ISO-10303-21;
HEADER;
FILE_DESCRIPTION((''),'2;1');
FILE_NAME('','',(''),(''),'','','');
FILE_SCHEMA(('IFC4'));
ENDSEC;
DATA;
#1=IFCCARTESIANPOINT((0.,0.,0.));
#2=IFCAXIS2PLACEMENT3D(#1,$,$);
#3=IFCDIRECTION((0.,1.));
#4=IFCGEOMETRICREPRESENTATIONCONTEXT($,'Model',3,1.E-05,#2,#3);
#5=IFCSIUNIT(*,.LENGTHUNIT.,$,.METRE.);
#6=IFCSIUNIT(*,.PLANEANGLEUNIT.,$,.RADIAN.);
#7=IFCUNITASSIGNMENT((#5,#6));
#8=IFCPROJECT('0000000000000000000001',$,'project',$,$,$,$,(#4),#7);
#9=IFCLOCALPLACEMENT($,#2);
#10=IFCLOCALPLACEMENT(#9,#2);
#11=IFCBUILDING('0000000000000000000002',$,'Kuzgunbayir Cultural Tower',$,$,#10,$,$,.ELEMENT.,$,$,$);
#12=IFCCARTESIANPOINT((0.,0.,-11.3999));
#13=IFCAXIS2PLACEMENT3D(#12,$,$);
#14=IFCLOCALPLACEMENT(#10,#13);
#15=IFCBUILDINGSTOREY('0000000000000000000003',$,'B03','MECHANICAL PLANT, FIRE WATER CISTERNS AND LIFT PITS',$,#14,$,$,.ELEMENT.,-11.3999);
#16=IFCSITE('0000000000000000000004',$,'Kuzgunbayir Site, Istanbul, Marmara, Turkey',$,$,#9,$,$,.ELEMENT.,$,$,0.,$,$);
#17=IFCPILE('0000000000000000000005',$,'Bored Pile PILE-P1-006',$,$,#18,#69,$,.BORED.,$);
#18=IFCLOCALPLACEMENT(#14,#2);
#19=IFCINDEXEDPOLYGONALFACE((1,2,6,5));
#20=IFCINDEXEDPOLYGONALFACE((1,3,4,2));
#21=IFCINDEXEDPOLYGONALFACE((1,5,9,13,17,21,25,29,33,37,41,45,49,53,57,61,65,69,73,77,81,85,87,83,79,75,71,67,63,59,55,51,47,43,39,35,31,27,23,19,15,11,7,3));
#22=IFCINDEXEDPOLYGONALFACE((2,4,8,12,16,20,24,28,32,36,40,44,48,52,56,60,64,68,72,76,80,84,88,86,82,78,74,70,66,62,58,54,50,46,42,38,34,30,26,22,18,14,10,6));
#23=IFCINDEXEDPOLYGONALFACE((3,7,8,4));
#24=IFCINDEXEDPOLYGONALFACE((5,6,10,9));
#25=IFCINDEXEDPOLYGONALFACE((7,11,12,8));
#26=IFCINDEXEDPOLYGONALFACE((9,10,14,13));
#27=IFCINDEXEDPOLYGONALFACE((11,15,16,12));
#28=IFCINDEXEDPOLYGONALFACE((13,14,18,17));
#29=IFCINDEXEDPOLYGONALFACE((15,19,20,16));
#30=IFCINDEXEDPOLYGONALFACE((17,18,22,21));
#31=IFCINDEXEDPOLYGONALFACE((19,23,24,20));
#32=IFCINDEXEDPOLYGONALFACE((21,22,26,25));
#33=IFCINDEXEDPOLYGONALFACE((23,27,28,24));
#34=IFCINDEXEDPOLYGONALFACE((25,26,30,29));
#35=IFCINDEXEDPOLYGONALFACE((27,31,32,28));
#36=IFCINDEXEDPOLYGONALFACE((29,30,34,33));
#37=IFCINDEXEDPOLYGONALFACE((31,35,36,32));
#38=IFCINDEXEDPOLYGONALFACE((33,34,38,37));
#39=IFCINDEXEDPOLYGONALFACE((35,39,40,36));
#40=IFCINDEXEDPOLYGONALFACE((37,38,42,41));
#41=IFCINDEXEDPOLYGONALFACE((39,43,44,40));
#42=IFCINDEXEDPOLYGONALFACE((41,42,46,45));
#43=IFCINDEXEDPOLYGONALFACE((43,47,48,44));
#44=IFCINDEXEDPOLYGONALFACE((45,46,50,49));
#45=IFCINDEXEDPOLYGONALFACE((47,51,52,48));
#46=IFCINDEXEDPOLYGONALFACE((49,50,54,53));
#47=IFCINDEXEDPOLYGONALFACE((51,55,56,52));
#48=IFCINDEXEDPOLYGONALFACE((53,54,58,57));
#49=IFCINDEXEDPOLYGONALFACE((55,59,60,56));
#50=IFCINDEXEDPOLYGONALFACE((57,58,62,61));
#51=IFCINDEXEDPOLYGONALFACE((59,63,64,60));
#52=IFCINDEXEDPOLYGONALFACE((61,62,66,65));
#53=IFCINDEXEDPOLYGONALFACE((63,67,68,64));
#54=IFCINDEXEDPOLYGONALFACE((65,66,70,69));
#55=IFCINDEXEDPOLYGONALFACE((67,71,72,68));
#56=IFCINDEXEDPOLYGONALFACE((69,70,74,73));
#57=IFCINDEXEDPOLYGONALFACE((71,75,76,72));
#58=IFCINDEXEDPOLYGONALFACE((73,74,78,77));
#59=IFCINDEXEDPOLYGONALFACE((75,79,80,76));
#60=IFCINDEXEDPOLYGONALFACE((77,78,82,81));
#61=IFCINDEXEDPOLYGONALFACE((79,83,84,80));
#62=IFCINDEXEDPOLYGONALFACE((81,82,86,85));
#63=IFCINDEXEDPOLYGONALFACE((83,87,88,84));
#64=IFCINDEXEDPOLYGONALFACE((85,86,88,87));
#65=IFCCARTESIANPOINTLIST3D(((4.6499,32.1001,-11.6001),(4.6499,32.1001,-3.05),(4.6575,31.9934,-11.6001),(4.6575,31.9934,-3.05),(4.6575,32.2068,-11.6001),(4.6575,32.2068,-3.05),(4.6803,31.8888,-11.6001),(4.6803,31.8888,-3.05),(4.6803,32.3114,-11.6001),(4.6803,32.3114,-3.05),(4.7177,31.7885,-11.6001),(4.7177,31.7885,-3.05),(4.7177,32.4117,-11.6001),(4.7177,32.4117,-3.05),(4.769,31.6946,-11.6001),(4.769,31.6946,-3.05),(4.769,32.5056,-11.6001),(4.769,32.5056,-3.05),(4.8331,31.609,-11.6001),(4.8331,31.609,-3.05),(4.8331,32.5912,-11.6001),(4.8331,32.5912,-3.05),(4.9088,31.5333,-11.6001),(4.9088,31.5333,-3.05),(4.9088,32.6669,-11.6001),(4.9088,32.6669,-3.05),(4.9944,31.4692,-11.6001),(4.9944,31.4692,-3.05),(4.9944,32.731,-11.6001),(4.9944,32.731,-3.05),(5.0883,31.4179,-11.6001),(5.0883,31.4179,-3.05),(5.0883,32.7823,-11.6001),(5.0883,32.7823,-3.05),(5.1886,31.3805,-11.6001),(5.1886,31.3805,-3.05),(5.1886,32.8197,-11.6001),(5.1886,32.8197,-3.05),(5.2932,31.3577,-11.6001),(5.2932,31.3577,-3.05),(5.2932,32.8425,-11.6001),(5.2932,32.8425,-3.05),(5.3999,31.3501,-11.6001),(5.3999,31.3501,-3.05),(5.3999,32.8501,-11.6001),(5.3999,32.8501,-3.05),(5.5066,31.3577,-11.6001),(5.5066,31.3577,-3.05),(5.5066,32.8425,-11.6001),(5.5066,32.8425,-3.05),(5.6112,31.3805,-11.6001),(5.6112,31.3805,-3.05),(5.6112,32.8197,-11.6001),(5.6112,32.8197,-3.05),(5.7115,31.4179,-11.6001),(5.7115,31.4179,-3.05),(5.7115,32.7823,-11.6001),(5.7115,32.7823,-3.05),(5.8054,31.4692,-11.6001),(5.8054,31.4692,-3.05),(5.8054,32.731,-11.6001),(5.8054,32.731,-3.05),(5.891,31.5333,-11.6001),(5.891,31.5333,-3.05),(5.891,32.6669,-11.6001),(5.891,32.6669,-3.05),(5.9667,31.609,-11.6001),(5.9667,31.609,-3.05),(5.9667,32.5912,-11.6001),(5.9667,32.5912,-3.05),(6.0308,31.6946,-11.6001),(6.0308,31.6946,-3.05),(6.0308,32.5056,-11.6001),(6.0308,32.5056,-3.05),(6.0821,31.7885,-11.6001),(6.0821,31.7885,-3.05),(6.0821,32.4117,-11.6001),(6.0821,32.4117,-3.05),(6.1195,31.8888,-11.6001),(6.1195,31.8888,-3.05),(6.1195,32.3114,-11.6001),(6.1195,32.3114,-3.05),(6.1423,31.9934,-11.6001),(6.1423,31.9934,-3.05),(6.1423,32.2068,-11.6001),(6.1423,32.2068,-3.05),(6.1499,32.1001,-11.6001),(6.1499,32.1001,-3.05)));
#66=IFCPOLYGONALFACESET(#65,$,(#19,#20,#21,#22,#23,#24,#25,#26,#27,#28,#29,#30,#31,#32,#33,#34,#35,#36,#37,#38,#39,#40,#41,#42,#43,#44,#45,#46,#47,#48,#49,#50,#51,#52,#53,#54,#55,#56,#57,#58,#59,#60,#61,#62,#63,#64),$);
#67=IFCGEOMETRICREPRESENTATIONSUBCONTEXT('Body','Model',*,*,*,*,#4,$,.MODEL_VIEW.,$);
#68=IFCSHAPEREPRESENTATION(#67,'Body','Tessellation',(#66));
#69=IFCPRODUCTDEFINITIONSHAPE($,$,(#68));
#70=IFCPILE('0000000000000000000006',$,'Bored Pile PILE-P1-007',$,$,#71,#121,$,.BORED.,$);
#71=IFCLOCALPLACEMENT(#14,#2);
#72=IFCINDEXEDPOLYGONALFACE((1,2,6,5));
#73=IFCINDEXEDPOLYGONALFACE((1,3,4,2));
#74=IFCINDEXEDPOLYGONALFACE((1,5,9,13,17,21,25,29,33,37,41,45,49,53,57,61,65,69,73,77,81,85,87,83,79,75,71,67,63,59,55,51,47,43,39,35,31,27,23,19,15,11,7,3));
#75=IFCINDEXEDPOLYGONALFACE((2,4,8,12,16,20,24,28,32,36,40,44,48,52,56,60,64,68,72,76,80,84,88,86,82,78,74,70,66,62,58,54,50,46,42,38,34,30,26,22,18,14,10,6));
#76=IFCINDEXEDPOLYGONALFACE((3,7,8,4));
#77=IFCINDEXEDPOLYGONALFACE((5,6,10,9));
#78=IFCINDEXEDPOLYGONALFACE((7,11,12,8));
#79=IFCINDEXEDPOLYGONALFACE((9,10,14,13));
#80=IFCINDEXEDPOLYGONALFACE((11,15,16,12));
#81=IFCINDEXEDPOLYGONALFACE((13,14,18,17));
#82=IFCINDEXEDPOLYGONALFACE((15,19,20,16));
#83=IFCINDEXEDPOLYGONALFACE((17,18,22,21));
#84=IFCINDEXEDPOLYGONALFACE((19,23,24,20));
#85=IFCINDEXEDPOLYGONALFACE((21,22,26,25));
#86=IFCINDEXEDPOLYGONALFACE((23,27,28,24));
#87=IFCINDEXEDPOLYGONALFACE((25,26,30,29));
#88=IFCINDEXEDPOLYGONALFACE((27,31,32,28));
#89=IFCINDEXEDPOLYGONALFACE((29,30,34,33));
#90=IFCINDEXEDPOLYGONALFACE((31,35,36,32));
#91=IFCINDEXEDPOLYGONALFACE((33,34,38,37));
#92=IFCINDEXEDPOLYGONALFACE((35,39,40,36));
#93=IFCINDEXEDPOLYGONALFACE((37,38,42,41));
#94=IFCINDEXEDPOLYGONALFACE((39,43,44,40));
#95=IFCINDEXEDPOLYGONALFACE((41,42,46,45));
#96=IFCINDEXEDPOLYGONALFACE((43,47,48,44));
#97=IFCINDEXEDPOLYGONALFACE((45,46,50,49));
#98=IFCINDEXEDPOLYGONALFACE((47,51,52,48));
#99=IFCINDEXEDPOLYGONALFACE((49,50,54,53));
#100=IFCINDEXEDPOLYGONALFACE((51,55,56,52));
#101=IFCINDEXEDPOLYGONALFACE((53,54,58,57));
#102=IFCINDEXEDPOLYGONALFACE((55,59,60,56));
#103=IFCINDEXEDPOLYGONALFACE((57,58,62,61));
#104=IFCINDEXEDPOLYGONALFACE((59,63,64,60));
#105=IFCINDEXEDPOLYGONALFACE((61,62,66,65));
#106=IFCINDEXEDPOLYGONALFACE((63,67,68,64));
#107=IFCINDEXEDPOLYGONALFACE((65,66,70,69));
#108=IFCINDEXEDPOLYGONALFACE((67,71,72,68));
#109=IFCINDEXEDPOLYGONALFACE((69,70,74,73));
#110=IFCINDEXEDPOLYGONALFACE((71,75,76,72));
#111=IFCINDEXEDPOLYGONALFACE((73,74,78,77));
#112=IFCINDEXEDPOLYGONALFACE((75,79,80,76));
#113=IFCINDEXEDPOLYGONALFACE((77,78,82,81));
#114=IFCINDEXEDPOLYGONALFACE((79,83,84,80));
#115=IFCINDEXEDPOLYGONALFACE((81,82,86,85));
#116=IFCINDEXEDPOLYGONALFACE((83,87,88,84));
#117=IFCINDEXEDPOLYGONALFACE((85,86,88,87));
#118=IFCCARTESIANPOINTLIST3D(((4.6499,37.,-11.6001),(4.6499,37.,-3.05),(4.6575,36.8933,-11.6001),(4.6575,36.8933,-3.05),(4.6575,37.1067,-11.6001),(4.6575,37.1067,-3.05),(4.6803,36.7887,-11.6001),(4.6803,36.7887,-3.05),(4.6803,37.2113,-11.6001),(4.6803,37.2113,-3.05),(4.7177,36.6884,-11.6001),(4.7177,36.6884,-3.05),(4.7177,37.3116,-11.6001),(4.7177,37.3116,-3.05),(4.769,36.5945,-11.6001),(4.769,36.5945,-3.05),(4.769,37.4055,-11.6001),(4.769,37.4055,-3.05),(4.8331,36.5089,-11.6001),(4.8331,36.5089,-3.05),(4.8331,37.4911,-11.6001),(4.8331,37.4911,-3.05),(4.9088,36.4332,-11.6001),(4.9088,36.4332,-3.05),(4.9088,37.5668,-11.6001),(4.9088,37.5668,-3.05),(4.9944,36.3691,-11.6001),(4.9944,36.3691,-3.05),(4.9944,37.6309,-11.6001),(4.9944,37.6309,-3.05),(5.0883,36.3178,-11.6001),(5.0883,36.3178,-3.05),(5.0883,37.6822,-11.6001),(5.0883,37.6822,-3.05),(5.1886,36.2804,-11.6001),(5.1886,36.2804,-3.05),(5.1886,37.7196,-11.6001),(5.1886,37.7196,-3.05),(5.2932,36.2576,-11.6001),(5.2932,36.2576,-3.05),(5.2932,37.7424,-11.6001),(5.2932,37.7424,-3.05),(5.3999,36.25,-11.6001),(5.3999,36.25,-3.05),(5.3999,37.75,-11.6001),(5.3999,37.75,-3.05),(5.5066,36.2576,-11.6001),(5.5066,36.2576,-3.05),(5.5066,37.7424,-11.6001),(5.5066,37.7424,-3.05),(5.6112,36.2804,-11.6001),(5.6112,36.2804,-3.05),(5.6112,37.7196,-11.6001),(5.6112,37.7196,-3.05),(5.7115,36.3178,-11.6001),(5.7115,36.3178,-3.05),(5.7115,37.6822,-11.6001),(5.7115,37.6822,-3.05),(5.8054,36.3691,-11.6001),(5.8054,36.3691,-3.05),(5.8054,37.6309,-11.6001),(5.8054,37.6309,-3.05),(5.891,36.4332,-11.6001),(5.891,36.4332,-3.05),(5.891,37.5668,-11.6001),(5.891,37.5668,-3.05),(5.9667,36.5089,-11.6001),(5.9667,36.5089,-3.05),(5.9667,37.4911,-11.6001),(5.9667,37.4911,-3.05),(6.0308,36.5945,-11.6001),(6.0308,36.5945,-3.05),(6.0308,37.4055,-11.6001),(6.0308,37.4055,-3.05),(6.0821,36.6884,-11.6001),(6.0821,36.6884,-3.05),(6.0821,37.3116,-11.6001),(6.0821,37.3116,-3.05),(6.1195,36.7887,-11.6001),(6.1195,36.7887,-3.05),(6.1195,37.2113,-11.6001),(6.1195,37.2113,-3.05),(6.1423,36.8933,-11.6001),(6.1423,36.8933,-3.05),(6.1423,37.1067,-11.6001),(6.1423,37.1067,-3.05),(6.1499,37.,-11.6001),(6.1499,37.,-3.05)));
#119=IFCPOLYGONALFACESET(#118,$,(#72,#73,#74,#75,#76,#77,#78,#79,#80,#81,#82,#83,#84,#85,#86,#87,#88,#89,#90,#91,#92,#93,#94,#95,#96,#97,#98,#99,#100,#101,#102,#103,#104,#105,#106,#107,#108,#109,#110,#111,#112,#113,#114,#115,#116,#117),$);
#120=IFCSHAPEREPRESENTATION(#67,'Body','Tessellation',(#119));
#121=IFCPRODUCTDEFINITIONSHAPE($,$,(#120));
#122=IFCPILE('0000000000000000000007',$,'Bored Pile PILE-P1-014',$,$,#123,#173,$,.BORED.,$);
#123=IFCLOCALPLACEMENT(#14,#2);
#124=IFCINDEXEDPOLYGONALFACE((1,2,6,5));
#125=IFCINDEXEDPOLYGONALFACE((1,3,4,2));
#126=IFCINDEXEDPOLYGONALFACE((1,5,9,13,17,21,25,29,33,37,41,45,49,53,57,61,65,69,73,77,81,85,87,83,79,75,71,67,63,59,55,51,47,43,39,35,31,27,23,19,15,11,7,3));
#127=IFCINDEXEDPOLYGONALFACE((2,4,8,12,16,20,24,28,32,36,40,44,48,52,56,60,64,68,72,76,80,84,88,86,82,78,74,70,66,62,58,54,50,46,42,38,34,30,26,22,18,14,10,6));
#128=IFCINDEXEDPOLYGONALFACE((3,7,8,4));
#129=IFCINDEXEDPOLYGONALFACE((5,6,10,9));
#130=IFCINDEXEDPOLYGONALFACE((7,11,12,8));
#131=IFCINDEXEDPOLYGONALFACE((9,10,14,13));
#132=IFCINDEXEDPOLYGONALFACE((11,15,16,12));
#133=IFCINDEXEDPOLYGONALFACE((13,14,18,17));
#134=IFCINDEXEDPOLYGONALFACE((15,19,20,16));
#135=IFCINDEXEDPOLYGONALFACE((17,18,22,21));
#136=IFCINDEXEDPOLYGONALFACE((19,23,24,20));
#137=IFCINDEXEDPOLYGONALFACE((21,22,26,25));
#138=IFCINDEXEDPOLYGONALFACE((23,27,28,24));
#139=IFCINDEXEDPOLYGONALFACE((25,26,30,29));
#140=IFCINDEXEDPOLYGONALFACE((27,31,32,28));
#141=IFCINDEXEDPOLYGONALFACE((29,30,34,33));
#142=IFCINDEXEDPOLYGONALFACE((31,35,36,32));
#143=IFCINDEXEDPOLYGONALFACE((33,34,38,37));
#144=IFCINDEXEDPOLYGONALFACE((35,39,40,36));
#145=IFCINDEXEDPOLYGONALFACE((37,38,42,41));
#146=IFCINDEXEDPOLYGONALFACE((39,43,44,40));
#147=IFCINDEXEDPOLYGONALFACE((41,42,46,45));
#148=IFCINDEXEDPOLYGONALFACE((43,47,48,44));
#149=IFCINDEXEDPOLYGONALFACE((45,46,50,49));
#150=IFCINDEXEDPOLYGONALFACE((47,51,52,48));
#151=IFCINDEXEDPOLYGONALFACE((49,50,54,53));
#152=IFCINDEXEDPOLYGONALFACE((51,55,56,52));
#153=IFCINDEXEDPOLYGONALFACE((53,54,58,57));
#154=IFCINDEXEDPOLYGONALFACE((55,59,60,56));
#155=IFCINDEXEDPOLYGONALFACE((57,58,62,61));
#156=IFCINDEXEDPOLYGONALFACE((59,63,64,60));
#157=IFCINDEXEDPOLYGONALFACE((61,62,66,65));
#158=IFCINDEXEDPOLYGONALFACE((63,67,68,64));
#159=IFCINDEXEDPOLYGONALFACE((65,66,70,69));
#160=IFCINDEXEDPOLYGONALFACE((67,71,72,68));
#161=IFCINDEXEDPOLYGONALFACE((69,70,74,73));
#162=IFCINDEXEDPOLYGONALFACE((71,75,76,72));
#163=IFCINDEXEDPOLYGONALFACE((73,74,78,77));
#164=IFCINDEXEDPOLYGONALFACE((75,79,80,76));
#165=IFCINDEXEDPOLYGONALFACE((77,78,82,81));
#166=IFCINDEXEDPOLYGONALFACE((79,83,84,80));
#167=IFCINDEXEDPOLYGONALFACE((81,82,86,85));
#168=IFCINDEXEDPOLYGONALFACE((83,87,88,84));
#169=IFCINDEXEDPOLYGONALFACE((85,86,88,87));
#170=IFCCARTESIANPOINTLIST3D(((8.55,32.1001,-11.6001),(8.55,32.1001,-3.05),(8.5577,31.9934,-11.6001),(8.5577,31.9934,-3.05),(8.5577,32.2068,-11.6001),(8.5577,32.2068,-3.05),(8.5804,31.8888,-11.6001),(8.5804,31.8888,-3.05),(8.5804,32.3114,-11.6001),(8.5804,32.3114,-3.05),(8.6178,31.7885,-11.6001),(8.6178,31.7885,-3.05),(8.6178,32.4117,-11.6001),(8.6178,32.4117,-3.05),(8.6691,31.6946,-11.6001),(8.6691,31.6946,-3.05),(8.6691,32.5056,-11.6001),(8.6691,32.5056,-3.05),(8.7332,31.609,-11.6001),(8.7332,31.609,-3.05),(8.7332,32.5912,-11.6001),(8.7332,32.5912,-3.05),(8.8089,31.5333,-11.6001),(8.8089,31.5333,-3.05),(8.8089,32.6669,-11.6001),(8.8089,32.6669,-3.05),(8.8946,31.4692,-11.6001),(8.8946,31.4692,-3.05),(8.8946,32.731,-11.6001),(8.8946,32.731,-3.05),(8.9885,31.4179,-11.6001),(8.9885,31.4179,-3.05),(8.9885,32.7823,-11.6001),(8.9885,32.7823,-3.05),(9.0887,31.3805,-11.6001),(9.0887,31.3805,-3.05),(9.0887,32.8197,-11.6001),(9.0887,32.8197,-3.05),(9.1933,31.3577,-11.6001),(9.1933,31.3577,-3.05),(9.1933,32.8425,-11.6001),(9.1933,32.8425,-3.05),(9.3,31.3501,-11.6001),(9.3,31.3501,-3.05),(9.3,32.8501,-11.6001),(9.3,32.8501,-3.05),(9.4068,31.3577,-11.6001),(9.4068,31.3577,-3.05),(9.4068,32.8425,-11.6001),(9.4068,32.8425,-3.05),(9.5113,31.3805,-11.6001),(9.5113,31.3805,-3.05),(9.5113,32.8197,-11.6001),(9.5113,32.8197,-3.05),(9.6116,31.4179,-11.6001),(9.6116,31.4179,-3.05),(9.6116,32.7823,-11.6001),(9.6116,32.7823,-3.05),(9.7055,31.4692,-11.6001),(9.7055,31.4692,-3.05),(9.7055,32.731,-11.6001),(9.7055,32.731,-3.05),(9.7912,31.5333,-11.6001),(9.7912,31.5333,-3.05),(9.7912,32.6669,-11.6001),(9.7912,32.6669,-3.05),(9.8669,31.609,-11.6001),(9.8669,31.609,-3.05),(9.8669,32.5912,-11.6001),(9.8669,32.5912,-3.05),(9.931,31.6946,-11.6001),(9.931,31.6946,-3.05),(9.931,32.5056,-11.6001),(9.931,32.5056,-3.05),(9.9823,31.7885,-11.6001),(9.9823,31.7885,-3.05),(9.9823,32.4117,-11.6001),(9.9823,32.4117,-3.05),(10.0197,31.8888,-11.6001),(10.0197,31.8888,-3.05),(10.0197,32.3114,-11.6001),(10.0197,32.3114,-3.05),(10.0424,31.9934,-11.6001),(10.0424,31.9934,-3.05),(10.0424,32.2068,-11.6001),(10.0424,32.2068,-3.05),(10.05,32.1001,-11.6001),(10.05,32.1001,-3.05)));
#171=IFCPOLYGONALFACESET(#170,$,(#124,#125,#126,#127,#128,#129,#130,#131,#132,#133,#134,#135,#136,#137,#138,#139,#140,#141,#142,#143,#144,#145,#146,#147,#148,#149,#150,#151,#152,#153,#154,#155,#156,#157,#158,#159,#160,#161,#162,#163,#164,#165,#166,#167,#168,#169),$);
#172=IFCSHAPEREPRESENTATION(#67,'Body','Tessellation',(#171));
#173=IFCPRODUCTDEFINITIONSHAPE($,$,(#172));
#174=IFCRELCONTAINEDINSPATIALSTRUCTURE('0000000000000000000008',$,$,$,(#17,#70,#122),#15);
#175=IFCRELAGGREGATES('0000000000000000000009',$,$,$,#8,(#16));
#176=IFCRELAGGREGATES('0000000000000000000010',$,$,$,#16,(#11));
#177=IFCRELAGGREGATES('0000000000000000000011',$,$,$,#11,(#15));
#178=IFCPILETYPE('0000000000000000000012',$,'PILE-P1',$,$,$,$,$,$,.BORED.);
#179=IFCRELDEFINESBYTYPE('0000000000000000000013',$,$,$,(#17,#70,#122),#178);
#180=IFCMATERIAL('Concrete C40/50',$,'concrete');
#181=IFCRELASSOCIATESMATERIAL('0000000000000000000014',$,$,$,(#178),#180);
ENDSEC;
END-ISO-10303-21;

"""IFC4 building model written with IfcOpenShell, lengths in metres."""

from ifc_helpers import new_model, si_unit, direction, frame, origin, origin_2d, place, context, subcontext, project, spatial, circle, extrude, material, material_profile, profile_set, type_object, element, save


model = new_model("IFC4")

# Units and contexts
model_context = context("Model", 3, precision=1e-05, world=origin(), true_north=direction((0.0, 1.0)))
body_context = subcontext(model_context, "Body", "Model", "MODEL_VIEW")
ifc_project = project(units=[si_unit("LENGTHUNIT", "METRE"), si_unit("PLANEANGLEUNIT", "RADIAN")], contexts=[model_context])

# Site, building, storey
site_placement = place(None, origin())
site = spatial("IfcSite", under=ifc_project, at=site_placement, Name="Kuzgunbayir Site, Istanbul, Marmara, Turkey", CompositionType="ELEMENT", RefElevation=0.0)
building_placement = place(site_placement, origin())
building = spatial("IfcBuilding", under=site, at=building_placement, Name="Kuzgunbayir Cultural Tower", CompositionType="ELEMENT")
storey_placement = place(building_placement, frame((0.0, 0.0, -11.3999)))
storey = spatial("IfcBuildingStorey", under=building, at=storey_placement, Name="B03", Description="MECHANICAL PLANT, FIRE WATER CISTERNS AND LIFT PITS", CompositionType="ELEMENT", Elevation=-11.3999)

# Piles
ifc_material_1 = material(Name="Concrete C40/50", Category="concrete")
ifc_material_profile_1 = material_profile(ifc_material_1, circle(Radius=0.75, at=origin_2d()), Name="BORED PILE 1500")
ifc_profile_set_1 = profile_set([ifc_material_profile_1], Name="Concrete C40/50")
pile_type = type_object("IfcPileType", Name="PILE-P1", PredefinedType="BORED", material=ifc_profile_set_1)
for number, where, z_axis, x_axis, name in (
    (1, (5.3999, 32.1001, -3.05), (0.0, 0.0, -1.0), (1.0, 0.0, 0.0), "Bored Pile PILE-P1-006"),
    (2, (5.3999, 37.0, -3.05), (0.0, 0.0, -1.0), (1.0, 0.0, 0.0), "Bored Pile PILE-P1-007"),
    (3, (9.3, 32.1001, -3.05), (0.0, 0.0, -1.0), (1.0, 0.0, 0.0), "Bored Pile PILE-P1-014"),
):
    element("IfcPile", number, at=place(storey_placement, frame(where, z_axis=z_axis, x_axis=x_axis)), inside=storey, type_object=pile_type, Name=name, PredefinedType="BORED", context=body_context, shape_type="SweptSolid", body=[
        extrude(circle(Radius=0.75, at=origin_2d()), origin(), (0.0, 0.0, 1.0), 8.55),
    ])

save(model, "model.ifc")
